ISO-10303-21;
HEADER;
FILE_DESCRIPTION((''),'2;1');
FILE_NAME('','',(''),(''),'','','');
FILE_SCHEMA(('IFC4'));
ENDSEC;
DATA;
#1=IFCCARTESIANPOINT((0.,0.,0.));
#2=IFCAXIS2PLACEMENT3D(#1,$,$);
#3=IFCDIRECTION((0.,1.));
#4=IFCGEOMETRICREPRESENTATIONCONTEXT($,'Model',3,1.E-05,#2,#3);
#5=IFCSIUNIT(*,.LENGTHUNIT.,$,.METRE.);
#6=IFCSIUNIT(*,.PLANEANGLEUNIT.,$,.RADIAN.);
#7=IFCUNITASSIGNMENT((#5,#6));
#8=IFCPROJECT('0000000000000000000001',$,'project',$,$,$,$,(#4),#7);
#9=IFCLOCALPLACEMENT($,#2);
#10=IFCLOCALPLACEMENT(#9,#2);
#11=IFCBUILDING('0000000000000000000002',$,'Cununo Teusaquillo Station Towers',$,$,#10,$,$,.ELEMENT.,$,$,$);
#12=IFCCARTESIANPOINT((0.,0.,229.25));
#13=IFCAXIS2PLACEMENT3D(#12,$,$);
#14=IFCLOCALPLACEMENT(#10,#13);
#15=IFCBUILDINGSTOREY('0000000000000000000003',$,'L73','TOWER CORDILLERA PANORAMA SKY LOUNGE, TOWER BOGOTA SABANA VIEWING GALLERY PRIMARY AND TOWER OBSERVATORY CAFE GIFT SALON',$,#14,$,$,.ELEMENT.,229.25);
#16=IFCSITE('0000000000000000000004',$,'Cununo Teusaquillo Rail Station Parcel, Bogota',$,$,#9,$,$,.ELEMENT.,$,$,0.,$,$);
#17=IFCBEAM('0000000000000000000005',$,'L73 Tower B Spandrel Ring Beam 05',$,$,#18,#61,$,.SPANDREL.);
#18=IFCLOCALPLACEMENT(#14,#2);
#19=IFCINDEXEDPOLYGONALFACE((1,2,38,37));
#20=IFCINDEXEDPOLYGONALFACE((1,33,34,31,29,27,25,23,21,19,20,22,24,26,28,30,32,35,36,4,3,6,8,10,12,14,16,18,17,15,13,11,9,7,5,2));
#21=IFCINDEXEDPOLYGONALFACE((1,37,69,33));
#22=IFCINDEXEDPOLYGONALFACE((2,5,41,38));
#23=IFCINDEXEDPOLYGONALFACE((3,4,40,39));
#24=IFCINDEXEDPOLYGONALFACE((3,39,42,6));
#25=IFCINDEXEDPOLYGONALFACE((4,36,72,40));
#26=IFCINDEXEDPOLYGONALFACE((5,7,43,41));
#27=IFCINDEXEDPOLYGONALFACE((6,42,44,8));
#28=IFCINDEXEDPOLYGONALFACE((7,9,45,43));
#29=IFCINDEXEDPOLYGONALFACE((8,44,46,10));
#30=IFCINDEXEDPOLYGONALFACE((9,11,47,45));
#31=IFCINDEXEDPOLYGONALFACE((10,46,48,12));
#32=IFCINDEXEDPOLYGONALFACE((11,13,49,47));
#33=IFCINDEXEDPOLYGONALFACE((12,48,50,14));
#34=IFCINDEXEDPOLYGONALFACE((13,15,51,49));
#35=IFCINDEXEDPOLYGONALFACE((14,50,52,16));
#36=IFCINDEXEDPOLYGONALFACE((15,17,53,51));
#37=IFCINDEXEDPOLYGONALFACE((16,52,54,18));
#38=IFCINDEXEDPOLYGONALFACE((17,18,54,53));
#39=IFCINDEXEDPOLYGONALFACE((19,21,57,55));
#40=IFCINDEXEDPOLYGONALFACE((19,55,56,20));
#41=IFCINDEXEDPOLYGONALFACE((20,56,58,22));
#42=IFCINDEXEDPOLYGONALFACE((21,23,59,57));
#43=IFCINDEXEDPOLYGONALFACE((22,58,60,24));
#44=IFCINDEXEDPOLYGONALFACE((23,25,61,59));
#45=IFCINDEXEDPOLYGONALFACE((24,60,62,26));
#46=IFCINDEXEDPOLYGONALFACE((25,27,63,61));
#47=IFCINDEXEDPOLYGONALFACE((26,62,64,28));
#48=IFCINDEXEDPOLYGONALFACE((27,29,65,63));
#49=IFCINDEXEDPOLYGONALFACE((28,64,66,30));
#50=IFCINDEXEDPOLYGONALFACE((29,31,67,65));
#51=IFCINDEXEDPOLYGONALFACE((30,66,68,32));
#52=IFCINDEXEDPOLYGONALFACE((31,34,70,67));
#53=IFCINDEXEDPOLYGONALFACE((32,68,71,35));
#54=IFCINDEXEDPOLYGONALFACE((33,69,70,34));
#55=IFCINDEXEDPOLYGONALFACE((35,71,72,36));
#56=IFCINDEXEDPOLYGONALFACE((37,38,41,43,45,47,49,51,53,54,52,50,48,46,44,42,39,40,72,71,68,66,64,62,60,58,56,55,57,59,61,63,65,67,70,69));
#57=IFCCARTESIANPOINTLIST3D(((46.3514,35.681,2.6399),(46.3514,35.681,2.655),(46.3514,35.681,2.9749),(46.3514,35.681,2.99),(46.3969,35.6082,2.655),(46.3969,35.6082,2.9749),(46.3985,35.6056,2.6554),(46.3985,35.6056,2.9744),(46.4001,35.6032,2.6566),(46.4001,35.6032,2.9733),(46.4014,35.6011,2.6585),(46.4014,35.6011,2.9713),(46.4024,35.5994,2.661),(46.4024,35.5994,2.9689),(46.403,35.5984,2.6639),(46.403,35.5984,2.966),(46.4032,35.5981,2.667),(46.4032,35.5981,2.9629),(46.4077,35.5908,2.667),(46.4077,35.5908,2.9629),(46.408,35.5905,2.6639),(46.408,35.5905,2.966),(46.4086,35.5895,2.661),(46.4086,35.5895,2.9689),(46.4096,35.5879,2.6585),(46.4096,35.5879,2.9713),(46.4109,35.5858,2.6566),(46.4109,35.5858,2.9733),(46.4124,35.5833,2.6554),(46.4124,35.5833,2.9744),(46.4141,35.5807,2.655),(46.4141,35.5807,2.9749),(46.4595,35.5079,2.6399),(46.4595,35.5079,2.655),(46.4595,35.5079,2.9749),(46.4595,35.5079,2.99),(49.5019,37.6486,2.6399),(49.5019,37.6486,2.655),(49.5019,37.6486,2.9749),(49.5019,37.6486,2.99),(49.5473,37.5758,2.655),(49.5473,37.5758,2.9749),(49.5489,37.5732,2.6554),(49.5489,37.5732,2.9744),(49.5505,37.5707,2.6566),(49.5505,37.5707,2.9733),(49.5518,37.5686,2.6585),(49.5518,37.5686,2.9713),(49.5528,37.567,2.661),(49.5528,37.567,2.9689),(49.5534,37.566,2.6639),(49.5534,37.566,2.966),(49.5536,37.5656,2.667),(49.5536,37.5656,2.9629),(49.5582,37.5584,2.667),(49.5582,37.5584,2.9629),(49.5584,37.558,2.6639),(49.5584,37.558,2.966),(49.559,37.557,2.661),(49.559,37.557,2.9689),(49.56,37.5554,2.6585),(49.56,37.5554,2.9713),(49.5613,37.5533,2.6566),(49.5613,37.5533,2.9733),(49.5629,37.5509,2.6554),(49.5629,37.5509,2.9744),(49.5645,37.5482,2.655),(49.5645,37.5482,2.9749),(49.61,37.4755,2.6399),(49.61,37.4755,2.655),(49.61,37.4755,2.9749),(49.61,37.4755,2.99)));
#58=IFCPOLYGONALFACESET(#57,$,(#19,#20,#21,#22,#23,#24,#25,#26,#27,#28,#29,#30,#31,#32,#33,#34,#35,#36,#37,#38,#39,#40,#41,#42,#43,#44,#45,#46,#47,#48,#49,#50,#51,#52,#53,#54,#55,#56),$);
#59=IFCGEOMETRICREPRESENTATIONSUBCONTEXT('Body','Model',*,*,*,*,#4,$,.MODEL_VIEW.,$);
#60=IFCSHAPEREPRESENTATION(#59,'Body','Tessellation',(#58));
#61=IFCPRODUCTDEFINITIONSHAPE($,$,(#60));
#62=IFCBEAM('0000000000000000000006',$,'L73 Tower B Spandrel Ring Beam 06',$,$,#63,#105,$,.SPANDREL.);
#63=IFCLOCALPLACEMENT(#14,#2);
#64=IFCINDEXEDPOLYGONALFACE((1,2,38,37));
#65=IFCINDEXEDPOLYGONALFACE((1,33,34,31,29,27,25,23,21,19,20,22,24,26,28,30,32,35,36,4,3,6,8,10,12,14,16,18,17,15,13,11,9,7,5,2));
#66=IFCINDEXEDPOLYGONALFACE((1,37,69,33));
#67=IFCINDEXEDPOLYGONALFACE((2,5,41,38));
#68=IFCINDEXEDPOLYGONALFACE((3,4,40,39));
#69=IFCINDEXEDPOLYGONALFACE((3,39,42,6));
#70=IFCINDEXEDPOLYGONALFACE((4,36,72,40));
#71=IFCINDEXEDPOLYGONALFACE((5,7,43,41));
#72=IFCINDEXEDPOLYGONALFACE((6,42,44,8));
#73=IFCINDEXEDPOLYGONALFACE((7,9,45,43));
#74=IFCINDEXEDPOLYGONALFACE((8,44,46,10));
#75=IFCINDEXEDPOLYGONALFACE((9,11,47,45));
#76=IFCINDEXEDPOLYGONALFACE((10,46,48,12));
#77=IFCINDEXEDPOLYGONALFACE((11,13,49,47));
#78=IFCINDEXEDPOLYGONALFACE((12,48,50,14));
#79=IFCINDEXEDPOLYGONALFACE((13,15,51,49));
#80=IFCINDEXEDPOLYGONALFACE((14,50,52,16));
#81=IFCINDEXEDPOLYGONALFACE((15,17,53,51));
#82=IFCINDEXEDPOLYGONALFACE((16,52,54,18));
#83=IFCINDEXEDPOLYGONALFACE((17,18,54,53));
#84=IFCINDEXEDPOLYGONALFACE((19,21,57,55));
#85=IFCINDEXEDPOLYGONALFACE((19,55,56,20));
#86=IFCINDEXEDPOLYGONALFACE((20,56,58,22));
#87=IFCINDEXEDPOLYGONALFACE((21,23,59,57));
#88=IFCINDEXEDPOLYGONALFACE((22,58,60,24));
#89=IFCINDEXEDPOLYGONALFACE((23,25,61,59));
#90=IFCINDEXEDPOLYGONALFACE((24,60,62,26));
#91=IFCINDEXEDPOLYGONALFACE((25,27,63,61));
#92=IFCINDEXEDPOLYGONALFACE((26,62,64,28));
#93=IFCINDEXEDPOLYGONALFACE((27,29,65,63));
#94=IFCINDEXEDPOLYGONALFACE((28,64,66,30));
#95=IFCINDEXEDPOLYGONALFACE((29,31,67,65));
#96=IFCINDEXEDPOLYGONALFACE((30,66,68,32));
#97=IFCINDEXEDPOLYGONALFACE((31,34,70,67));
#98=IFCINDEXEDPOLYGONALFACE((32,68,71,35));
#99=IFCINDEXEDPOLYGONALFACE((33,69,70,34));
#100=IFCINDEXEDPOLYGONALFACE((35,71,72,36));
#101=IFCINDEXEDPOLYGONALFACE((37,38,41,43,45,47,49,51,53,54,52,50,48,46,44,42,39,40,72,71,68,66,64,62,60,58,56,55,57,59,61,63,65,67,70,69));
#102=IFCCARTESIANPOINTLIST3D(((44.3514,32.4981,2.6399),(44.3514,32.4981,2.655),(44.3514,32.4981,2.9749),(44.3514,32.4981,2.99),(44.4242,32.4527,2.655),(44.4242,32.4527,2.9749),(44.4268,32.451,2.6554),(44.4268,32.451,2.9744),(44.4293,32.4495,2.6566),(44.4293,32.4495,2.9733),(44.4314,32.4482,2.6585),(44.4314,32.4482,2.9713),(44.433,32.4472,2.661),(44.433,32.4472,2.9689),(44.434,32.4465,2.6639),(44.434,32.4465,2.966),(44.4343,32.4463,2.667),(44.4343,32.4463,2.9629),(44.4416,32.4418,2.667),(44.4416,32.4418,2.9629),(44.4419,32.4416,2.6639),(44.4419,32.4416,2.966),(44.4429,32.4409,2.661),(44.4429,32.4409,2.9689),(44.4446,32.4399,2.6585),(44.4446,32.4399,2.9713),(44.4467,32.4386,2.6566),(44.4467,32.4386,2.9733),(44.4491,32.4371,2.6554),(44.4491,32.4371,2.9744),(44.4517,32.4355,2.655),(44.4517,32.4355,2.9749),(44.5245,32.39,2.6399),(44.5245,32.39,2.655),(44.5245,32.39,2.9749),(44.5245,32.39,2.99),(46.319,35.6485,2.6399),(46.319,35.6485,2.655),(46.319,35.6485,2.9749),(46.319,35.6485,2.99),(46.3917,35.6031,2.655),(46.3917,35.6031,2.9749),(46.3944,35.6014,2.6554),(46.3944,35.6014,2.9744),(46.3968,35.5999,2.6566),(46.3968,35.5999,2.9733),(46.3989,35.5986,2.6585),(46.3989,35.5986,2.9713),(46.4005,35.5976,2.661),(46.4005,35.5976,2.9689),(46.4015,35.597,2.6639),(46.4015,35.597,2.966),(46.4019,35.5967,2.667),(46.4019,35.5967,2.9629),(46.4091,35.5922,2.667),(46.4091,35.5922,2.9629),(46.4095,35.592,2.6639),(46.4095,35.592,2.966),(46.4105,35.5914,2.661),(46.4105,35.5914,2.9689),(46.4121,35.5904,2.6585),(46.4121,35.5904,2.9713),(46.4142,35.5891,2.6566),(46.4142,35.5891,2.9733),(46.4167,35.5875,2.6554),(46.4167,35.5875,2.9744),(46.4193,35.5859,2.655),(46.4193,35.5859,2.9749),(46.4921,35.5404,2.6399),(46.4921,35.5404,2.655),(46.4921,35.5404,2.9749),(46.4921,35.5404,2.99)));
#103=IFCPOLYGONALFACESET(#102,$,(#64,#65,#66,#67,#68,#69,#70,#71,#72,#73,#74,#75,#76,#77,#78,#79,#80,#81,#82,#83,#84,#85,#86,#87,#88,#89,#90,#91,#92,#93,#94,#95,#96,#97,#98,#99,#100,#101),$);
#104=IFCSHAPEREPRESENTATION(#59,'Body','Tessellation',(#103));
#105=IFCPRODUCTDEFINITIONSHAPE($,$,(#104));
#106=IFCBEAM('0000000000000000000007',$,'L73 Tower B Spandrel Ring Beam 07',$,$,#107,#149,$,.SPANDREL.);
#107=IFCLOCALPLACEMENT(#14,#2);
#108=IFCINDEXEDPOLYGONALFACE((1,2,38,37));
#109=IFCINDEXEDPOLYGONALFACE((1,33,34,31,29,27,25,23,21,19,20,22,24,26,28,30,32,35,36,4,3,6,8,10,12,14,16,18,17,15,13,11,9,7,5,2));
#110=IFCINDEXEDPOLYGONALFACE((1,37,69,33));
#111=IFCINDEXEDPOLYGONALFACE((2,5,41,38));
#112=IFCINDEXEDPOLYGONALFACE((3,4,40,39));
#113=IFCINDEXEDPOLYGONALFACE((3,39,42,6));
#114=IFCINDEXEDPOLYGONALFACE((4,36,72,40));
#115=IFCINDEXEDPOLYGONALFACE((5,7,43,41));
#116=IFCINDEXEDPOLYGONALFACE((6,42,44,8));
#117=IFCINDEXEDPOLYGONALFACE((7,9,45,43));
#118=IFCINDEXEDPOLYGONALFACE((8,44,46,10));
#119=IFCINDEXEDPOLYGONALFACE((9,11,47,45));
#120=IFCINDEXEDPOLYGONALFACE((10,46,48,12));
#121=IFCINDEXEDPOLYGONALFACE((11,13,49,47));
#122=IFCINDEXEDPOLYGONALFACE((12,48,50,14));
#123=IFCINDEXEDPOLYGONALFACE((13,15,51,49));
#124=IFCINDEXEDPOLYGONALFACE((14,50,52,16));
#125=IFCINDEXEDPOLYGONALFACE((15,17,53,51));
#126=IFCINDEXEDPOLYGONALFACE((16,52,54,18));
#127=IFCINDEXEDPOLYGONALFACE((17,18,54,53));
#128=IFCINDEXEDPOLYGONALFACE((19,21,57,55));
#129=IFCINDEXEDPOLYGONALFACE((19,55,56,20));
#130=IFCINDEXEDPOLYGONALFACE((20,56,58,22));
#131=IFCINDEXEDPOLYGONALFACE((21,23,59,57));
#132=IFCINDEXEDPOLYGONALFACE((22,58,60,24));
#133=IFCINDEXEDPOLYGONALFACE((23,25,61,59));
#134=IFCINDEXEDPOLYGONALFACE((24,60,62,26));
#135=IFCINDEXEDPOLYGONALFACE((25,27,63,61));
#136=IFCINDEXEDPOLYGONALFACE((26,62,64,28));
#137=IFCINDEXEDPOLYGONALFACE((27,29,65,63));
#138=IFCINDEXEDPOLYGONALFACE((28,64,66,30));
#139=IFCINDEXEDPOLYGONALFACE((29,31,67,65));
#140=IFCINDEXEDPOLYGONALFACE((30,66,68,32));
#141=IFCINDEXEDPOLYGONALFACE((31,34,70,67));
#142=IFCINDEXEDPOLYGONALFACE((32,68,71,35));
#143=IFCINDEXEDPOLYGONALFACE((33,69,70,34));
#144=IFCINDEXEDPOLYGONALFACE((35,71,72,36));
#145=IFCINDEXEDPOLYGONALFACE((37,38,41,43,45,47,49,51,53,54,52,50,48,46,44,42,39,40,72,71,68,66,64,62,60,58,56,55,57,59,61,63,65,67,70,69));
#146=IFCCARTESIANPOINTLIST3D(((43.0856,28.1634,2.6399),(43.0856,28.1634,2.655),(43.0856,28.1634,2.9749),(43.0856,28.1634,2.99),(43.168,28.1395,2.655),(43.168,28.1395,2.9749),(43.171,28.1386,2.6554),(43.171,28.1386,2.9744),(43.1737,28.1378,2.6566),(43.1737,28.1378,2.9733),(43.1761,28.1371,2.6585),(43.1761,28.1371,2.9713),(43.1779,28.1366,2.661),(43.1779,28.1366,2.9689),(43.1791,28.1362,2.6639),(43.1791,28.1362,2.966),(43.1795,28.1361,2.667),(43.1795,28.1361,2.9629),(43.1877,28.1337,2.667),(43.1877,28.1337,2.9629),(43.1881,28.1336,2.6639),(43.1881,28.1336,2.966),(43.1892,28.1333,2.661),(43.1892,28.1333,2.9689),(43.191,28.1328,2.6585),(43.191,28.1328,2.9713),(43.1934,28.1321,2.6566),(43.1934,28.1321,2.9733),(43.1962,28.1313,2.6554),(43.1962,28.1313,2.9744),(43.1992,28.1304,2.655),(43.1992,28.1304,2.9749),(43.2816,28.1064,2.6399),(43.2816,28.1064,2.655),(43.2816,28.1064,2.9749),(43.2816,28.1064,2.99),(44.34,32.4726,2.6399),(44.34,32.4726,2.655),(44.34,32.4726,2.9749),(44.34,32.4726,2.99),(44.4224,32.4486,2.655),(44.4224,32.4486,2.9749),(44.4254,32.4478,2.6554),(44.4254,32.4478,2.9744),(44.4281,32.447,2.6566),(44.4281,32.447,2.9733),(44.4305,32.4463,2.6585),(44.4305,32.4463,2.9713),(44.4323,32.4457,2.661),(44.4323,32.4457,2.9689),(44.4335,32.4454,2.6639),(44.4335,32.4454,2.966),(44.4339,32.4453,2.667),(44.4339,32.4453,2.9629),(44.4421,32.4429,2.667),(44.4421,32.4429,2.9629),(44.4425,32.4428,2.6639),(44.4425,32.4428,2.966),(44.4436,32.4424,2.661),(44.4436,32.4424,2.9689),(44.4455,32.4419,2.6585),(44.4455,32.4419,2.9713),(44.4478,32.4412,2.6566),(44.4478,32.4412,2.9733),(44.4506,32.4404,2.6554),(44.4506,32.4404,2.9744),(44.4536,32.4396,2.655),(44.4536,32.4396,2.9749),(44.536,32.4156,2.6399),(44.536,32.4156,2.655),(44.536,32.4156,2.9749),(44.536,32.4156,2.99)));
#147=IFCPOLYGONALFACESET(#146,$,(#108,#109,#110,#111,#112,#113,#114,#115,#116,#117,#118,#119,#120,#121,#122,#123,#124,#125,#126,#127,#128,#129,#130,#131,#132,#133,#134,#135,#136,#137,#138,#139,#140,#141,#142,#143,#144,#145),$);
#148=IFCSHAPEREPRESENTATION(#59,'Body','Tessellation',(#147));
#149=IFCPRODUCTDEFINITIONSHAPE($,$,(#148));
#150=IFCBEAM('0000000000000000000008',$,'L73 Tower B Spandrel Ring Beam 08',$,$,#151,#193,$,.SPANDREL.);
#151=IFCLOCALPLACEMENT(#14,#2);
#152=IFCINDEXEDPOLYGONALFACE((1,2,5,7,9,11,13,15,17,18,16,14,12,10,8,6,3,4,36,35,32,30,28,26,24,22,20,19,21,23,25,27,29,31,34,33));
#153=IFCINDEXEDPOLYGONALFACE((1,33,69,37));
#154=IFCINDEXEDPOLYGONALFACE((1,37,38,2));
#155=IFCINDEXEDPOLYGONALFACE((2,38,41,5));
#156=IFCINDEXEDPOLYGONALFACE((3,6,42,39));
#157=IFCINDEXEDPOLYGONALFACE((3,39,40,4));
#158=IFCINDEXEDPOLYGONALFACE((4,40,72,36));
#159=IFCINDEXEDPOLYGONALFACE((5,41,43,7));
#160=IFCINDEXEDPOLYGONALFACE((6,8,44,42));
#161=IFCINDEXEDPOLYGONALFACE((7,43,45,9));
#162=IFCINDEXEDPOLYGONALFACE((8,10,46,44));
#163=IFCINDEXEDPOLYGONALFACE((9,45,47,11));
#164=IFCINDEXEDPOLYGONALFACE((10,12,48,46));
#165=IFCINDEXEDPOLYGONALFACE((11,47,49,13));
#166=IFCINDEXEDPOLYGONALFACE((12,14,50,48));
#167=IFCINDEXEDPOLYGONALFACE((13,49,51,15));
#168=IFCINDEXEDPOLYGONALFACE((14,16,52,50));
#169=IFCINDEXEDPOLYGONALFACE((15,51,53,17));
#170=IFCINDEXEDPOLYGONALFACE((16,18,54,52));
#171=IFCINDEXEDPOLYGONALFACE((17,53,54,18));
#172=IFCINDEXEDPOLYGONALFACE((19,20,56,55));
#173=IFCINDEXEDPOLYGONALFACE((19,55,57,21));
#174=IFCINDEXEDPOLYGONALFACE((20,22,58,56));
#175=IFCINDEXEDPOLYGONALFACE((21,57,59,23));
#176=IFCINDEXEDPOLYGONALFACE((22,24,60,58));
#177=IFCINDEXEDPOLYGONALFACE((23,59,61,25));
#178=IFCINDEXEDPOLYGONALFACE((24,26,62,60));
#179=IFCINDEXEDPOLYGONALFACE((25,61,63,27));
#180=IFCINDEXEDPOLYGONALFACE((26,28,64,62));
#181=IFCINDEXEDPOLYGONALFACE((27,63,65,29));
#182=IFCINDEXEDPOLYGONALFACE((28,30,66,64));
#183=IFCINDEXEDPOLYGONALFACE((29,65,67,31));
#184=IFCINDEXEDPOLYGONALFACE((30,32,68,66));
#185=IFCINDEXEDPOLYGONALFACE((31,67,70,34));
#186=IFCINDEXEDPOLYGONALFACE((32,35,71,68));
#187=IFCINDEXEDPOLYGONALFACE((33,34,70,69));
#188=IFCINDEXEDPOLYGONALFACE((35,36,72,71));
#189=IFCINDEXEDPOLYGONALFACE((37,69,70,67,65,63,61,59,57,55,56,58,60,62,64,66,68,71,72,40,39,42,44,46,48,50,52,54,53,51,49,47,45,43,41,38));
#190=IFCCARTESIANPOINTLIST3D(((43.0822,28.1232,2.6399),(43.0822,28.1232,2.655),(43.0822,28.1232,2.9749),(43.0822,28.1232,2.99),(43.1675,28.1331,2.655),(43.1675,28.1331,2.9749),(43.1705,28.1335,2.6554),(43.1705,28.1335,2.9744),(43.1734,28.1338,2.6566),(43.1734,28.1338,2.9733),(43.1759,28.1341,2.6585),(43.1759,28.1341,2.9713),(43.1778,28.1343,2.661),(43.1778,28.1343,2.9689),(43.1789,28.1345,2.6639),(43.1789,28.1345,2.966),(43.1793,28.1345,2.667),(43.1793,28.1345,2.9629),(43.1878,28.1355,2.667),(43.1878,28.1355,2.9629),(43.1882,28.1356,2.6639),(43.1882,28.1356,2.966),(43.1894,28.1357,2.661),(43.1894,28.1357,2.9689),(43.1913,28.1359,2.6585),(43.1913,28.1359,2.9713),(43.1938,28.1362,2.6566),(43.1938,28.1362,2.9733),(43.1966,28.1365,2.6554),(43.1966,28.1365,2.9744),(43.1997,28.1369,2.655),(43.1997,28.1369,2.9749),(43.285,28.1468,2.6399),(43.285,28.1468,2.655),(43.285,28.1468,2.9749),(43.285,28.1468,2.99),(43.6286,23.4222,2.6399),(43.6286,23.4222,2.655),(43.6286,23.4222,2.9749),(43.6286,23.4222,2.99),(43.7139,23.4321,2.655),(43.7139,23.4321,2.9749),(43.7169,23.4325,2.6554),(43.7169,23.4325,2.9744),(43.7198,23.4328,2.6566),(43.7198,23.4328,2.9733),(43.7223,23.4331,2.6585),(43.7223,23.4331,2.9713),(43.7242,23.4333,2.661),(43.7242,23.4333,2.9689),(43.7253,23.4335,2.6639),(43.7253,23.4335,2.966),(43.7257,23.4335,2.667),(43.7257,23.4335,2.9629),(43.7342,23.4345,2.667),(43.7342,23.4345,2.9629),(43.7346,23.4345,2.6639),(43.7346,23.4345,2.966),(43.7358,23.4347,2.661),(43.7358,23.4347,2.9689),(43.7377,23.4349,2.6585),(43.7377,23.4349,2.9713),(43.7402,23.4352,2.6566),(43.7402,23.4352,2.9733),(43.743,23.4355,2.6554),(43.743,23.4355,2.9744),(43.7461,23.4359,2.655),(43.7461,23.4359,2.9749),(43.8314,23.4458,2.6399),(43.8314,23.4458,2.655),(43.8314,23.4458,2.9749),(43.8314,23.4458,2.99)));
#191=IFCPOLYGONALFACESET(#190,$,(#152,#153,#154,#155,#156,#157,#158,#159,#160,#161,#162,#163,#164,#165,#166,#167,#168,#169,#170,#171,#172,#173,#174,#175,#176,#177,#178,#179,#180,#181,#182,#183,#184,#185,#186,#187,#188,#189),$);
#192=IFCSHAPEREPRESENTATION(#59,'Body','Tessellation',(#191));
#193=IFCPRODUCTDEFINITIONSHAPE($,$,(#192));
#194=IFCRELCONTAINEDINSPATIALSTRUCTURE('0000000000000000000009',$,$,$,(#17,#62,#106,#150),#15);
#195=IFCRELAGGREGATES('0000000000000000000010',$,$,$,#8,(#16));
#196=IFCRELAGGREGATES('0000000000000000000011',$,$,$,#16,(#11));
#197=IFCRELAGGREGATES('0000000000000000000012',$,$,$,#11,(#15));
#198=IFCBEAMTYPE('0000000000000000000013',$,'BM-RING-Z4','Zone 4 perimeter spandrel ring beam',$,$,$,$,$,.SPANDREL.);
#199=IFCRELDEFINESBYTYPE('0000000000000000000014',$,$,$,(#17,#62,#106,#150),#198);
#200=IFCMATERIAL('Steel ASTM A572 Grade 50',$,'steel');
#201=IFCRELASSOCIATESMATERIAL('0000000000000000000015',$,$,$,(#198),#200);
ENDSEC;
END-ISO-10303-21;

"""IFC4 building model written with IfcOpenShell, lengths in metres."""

from ifc_helpers import new_model, si_unit, direction, frame, origin, origin_2d, place, context, subcontext, project, spatial, i_section, extrude, material, material_profile, profile_set, type_object, element, save


model = new_model("IFC4")

# Units and contexts
model_context = context("Model", 3, precision=1e-05, world=origin(), true_north=direction((0.0, 1.0)))
body_context = subcontext(model_context, "Body", "Model", "MODEL_VIEW")
ifc_project = project(units=[si_unit("LENGTHUNIT", "METRE"), si_unit("PLANEANGLEUNIT", "RADIAN")], contexts=[model_context])

# Site, building, storey
site_placement = place(None, origin())
site = spatial("IfcSite", under=ifc_project, at=site_placement, Name="Cununo Teusaquillo Rail Station Parcel, Bogota", CompositionType="ELEMENT", RefElevation=0.0)
building_placement = place(site_placement, origin())
building = spatial("IfcBuilding", under=site, at=building_placement, Name="Cununo Teusaquillo Station Towers", CompositionType="ELEMENT")
storey_placement = place(building_placement, frame((0.0, 0.0, 229.25)))
storey = spatial("IfcBuildingStorey", under=building, at=storey_placement, Name="L73", Description="TOWER CORDILLERA PANORAMA SKY LOUNGE, TOWER BOGOTA SABANA VIEWING GALLERY PRIMARY AND TOWER OBSERVATORY CAFE GIFT SALON", CompositionType="ELEMENT", Elevation=229.25)

# Beams
ifc_material_1 = material(Name="Steel ASTM A572 Grade 50", Category="steel")
ifc_material_profile_1 = material_profile(ifc_material_1, i_section(OverallWidth=0.2041, OverallDepth=0.3501, WebThickness=0.0085, FlangeThickness=0.0151, FilletRadius=0.012, at=origin_2d()), Name="W14X48")
ifc_profile_set_1 = profile_set([ifc_material_profile_1], Name="Steel ASTM A572 Grade 50")
beam_type_1 = type_object("IfcBeamType", Name="BM-RING-Z4", Description="Zone 4 perimeter spandrel ring beam", PredefinedType="SPANDREL", material=ifc_profile_set_1)
for number, where, z_axis, x_axis, name in (
    (1, (49.5559, 37.562, 2.8149), (-0.848176, -0.529715, 0.0), (0.529715, -0.848176, 0.0), "L73 Tower B Spandrel Ring Beam 05"),
    (2, (46.4055, 35.5945, 2.8149), (-0.529715, -0.848176, 0.0), (0.848176, -0.529715, 0.0), "L73 Tower B Spandrel Ring Beam 06"),
):
    element("IfcBeam", number, at=place(storey_placement, frame(where, z_axis=z_axis, x_axis=x_axis)), inside=storey, type_object=beam_type_1, Name=name, PredefinedType="SPANDREL", context=body_context, shape_type="SweptSolid", body=[
        extrude(i_section(OverallWidth=0.2041, OverallDepth=0.3501, WebThickness=0.0085, FlangeThickness=0.0151, FilletRadius=0.012, at=origin_2d()), origin(), (0.0, 0.0, 1.0), 3.7144),
    ])
beam_1_placement = place(storey_placement, frame((44.438, 32.4441, 2.8149), z_axis=(-0.279503, -0.960145, 0.0), x_axis=(0.960145, -0.279503, 0.0)))
element("IfcBeam", 3, at=beam_1_placement, inside=storey, type_object=beam_type_1, Name="L73 Tower B Spandrel Ring Beam 07", PredefinedType="SPANDREL", context=body_context, shape_type="SweptSolid", body=[
    extrude(i_section(OverallWidth=0.2041, OverallDepth=0.3501, WebThickness=0.0085, FlangeThickness=0.0151, FilletRadius=0.012, at=origin_2d()), origin(), (0.0, 0.0, 1.0), 4.488),
])
beam_2_placement = place(storey_placement, frame((43.1836, 28.135, 2.8149), z_axis=(0.115452, -0.993313, 0.0), x_axis=(0.993313, 0.115452, 0.0)))
element("IfcBeam", 4, at=beam_2_placement, inside=storey, type_object=beam_type_1, Name="L73 Tower B Spandrel Ring Beam 08", PredefinedType="SPANDREL", context=body_context, shape_type="SweptSolid", body=[
    extrude(i_section(OverallWidth=0.2041, OverallDepth=0.3501, WebThickness=0.0085, FlangeThickness=0.0151, FilletRadius=0.012, at=origin_2d()), origin(), (0.0, 0.0, 1.0), 4.7327),
])

save(model, "model.ifc")
